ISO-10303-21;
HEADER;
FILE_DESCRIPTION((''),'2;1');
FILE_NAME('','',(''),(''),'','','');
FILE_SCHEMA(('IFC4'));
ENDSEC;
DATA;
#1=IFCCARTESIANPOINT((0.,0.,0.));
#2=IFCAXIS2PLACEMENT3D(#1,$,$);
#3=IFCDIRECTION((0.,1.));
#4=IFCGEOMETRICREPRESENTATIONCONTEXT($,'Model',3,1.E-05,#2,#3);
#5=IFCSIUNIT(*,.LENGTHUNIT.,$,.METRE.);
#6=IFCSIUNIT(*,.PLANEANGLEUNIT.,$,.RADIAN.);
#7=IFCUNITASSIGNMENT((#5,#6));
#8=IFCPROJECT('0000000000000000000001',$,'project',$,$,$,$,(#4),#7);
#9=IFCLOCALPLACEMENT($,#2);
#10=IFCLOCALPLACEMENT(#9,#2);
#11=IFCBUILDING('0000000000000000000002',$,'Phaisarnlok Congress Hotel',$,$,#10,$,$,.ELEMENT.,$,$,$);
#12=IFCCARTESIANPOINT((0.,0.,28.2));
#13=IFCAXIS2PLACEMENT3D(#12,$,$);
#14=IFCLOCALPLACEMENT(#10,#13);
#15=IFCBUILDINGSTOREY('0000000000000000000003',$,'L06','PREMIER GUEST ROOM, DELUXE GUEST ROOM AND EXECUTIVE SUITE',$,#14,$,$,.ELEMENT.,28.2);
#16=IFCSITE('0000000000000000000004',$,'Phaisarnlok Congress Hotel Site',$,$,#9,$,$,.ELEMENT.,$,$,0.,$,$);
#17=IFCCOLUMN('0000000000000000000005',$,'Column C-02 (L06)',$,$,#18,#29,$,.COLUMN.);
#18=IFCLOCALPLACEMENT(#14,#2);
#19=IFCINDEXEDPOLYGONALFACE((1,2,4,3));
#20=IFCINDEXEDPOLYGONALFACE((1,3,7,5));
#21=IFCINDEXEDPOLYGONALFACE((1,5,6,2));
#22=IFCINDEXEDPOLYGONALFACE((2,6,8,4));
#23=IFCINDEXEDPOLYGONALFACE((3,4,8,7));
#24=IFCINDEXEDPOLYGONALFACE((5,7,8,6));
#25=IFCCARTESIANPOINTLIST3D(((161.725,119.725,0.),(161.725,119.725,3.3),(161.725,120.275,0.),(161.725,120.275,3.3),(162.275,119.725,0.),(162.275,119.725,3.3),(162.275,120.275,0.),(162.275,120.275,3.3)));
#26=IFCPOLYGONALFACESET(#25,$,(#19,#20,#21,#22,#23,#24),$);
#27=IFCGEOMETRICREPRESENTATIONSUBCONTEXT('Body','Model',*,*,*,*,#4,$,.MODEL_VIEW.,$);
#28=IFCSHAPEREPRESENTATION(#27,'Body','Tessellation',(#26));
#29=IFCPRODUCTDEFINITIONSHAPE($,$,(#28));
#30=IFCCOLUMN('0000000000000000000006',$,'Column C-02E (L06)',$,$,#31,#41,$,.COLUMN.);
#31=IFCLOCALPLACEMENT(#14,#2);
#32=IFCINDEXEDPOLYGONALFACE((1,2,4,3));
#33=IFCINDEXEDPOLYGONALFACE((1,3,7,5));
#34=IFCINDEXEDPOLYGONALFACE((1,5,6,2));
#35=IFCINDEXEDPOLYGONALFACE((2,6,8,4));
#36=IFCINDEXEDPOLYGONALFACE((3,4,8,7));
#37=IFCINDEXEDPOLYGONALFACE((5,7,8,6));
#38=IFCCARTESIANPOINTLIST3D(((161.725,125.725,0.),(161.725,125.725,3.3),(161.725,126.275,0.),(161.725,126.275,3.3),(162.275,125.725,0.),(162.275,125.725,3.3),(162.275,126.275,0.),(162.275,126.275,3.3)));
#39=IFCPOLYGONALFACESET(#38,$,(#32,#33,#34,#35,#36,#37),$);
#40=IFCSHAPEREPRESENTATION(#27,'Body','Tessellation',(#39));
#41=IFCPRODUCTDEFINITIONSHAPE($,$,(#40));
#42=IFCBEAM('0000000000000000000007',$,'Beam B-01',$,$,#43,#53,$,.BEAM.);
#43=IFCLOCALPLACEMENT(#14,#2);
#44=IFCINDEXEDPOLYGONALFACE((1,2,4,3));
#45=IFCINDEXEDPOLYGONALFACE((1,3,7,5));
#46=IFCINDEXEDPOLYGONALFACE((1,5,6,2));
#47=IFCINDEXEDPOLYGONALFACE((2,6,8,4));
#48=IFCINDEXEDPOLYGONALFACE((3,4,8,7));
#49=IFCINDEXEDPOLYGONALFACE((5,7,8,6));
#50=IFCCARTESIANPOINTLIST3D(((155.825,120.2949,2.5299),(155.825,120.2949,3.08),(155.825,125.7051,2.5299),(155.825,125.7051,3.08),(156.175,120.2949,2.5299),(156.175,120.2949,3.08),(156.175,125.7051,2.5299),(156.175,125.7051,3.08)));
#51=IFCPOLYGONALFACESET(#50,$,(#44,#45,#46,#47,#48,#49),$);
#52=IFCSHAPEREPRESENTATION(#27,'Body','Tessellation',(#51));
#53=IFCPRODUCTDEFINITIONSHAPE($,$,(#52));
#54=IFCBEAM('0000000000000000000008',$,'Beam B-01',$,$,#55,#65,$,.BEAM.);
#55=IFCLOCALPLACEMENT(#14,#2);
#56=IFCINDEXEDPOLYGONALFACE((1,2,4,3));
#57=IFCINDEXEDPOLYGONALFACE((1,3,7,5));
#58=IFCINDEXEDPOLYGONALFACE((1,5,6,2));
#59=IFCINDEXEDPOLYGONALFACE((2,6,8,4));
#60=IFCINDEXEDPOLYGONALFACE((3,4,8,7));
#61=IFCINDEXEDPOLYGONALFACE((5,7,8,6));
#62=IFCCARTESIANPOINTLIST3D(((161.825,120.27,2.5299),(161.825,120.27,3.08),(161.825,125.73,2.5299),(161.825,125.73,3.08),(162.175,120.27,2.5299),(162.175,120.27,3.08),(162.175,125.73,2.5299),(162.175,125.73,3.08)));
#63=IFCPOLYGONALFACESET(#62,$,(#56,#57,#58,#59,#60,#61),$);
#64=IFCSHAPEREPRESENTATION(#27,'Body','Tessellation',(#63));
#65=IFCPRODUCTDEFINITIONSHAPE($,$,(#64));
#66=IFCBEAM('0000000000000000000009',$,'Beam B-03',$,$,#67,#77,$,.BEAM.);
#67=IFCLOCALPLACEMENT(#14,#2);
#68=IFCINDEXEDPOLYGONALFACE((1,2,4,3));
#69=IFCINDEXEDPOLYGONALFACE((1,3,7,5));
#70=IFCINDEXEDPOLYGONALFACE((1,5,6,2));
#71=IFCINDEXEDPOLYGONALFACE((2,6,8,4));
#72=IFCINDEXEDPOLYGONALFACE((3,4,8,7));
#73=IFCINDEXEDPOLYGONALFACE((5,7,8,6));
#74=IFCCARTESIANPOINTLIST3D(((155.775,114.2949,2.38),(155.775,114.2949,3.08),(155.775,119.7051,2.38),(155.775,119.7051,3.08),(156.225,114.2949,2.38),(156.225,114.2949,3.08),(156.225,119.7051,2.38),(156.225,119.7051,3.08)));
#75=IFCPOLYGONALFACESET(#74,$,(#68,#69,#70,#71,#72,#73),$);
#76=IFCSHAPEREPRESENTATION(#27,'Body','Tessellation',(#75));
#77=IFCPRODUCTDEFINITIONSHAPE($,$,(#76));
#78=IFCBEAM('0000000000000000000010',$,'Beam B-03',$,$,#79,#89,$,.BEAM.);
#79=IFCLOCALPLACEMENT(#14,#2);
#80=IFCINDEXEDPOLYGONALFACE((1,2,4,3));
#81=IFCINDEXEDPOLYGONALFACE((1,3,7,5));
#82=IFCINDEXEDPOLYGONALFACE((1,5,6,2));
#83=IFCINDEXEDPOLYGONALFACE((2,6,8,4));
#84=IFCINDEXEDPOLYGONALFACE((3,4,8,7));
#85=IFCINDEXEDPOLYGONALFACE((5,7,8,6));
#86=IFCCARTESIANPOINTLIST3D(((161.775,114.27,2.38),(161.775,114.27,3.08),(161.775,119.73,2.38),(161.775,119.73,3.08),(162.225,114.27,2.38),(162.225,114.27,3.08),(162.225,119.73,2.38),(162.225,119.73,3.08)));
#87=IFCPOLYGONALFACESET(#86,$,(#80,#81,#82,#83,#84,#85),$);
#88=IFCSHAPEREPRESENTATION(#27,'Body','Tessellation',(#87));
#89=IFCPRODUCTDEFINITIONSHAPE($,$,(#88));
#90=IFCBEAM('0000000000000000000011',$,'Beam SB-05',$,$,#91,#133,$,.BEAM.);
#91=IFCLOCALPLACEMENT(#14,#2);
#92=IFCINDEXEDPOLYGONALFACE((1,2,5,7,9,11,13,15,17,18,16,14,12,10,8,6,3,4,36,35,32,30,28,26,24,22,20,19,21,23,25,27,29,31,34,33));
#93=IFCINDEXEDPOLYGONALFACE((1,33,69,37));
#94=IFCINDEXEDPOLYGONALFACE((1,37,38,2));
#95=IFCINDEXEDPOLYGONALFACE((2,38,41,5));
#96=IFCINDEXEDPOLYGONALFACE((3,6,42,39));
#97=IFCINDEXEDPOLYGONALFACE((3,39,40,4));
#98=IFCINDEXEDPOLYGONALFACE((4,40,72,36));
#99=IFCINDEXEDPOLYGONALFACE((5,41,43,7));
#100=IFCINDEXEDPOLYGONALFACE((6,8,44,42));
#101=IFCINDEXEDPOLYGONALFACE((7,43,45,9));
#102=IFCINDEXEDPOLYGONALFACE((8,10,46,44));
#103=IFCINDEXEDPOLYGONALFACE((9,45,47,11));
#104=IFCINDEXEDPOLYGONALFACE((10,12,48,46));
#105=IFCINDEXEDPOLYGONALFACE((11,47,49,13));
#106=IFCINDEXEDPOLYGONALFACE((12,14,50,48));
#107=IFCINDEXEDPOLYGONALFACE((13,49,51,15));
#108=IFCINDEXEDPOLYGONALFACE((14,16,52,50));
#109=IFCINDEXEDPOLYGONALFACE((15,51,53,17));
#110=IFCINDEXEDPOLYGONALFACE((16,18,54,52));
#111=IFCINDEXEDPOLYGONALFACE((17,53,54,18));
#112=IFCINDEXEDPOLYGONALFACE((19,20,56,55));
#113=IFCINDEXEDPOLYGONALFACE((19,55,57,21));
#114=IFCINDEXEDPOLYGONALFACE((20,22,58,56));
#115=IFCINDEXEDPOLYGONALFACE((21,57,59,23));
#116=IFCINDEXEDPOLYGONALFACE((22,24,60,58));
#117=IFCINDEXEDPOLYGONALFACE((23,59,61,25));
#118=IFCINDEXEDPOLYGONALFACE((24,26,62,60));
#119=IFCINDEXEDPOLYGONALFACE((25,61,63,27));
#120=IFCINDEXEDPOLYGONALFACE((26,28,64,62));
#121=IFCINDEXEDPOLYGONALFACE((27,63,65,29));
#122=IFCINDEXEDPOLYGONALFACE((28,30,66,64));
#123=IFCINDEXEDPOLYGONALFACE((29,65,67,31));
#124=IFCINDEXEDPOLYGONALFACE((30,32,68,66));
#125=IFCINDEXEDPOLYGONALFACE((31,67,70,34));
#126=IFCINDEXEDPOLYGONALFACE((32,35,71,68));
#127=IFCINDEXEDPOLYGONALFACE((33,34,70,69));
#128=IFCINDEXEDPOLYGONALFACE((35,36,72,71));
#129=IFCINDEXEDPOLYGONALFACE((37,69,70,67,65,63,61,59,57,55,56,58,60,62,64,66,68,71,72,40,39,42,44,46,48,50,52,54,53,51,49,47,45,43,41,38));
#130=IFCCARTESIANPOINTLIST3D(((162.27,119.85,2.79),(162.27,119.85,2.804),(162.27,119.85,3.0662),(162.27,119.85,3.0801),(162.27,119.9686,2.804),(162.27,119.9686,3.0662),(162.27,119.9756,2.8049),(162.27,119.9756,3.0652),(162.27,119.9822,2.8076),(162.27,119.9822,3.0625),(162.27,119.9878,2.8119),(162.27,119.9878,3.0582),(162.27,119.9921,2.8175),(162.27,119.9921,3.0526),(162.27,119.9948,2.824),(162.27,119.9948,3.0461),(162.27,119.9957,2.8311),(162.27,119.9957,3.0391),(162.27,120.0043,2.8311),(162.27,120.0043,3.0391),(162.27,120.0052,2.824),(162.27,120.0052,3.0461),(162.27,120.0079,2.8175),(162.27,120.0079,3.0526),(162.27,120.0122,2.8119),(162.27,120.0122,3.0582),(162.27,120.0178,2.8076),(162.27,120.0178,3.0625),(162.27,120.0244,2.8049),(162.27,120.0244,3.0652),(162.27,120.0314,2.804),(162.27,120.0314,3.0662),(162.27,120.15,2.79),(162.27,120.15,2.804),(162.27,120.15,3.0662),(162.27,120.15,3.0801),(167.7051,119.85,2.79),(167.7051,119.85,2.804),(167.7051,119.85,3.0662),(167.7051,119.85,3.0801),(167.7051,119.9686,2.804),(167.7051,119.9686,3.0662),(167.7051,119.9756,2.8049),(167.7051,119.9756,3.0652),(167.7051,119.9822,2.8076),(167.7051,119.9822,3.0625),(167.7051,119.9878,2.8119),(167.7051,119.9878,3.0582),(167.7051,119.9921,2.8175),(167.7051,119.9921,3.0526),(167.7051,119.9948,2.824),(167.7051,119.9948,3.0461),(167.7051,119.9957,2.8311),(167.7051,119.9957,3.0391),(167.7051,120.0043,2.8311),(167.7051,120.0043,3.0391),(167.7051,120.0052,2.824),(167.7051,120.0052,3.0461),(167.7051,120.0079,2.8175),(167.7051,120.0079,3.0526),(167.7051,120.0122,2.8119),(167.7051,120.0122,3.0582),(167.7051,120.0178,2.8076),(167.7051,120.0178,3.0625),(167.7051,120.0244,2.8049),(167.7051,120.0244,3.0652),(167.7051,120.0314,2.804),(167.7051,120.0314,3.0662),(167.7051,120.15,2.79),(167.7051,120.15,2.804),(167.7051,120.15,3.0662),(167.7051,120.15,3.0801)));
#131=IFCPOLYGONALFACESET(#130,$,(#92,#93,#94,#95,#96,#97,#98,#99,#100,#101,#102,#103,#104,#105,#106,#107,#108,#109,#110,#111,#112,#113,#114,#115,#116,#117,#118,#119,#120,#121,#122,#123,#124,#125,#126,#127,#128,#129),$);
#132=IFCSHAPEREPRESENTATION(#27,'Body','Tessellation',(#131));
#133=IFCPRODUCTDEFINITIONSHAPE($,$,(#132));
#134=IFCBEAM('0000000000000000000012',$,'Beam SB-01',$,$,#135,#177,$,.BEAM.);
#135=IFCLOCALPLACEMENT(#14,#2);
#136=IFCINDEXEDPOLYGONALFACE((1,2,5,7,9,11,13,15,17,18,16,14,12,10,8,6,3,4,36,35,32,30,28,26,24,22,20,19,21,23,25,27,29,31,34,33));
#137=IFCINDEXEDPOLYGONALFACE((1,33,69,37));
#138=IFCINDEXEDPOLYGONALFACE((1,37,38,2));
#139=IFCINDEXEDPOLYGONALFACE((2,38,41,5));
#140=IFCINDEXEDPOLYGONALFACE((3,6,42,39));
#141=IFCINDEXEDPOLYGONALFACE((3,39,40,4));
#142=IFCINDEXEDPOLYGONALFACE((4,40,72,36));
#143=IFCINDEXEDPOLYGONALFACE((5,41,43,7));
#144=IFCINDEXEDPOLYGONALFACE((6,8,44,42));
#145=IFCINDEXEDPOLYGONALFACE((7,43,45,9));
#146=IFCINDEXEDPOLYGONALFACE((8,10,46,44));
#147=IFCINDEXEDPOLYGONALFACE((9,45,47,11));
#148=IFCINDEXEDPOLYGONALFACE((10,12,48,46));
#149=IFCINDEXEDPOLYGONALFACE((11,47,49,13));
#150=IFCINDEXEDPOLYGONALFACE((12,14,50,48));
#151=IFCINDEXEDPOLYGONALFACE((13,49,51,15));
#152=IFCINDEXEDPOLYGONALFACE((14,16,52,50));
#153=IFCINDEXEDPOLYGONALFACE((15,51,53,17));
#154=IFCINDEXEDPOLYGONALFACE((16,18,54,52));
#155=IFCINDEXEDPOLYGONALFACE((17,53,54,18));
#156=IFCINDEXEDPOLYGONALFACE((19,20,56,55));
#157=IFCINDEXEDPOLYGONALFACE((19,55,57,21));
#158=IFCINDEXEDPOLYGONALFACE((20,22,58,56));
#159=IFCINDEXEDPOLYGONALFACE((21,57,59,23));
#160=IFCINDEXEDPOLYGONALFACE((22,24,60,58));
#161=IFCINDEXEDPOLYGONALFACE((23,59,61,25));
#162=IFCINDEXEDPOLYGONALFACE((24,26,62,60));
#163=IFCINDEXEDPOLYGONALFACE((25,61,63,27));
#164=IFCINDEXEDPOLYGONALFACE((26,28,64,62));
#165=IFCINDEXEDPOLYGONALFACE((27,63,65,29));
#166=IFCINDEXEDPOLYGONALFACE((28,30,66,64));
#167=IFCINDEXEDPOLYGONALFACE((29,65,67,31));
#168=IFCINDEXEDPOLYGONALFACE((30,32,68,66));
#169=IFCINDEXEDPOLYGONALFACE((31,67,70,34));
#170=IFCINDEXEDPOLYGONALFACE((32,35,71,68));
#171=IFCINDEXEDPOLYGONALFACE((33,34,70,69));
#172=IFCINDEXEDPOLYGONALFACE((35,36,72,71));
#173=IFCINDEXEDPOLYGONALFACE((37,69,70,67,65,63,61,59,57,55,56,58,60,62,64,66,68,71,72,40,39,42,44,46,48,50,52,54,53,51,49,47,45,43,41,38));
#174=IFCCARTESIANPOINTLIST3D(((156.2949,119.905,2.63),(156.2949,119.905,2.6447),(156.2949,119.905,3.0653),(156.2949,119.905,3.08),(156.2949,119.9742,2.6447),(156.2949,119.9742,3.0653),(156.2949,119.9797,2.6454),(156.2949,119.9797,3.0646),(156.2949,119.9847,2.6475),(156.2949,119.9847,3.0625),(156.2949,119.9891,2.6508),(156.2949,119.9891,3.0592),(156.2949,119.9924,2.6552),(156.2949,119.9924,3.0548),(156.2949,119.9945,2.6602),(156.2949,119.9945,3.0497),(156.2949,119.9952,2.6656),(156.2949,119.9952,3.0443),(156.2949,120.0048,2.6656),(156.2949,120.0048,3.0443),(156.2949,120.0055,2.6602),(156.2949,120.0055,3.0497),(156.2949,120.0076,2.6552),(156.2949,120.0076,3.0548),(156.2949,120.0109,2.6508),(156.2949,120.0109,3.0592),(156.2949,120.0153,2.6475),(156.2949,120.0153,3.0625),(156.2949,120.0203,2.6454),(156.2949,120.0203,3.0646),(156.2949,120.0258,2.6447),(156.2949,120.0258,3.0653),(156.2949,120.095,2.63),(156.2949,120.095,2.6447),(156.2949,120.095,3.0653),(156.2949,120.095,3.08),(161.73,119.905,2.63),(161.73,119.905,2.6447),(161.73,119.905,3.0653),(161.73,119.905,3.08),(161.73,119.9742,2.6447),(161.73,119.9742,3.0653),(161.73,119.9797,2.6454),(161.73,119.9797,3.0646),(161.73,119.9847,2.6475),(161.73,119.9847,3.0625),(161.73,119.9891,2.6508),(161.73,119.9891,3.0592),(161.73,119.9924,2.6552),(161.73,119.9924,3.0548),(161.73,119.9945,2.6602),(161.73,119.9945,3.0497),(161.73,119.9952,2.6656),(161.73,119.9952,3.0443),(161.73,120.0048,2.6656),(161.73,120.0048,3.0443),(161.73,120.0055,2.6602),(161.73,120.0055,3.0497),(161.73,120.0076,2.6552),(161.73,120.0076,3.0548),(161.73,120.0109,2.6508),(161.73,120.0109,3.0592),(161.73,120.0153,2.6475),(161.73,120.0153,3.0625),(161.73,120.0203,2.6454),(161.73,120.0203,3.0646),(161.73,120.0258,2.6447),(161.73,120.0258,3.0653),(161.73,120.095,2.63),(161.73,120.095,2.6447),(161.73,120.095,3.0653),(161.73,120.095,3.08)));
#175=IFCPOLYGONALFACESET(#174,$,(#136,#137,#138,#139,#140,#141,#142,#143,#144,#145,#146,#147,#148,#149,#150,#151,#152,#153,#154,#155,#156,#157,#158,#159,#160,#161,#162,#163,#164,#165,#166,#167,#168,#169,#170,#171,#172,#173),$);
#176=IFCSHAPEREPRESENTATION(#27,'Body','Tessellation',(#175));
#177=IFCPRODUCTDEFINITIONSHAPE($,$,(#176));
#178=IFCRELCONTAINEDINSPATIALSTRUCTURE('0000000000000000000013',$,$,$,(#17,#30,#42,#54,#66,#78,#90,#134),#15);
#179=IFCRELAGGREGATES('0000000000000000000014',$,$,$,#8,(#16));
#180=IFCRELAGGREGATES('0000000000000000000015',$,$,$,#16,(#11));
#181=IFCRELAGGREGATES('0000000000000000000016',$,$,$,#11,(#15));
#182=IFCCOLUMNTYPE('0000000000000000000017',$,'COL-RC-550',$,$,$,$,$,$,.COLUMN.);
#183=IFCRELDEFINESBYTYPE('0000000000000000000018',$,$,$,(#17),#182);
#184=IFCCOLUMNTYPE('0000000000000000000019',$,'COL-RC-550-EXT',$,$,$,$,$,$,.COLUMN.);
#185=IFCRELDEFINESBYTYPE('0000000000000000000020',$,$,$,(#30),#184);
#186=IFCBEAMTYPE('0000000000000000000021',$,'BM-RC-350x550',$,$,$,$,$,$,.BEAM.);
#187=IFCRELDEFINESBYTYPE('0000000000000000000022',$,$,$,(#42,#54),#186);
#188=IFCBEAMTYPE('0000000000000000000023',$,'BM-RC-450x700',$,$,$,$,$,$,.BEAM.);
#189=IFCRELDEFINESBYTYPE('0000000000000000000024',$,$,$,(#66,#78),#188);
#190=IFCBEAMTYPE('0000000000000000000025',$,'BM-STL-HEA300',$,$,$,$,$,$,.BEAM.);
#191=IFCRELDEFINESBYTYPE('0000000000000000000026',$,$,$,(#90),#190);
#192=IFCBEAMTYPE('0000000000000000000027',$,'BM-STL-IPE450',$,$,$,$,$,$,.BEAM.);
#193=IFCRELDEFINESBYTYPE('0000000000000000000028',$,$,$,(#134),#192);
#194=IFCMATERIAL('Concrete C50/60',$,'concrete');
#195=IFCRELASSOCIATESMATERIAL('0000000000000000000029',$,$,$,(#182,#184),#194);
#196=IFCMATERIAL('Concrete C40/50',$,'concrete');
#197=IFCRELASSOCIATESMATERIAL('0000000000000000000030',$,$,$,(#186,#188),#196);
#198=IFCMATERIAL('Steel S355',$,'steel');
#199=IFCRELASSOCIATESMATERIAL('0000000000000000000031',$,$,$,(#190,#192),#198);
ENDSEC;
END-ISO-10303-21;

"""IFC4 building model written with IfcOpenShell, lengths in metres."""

from ifc_helpers import new_model, si_unit, direction, frame, origin, origin_2d, place, context, subcontext, project, spatial, rectangle, i_section, extrude, material, material_profile, profile_set, type_object, element, save


model = new_model("IFC4")

# Units and contexts
model_context = context("Model", 3, precision=1e-05, world=origin(), true_north=direction((0.0, 1.0)))
body_context = subcontext(model_context, "Body", "Model", "MODEL_VIEW")
ifc_project = project(units=[si_unit("LENGTHUNIT", "METRE"), si_unit("PLANEANGLEUNIT", "RADIAN")], contexts=[model_context])

# Site, building, storey
site_placement = place(None, origin())
site = spatial("IfcSite", under=ifc_project, at=site_placement, Name="Phaisarnlok Congress Hotel Site", CompositionType="ELEMENT", RefElevation=0.0)
building_placement = place(site_placement, origin())
building = spatial("IfcBuilding", under=site, at=building_placement, Name="Phaisarnlok Congress Hotel", CompositionType="ELEMENT")
storey_placement = place(building_placement, frame((0.0, 0.0, 28.2)))
storey = spatial("IfcBuildingStorey", under=building, at=storey_placement, Name="L06", Description="PREMIER GUEST ROOM, DELUXE GUEST ROOM AND EXECUTIVE SUITE", CompositionType="ELEMENT", Elevation=28.2)

# Columns
ifc_material_1 = material(Name="Concrete C50/60", Category="concrete")
ifc_material_profile_1 = material_profile(ifc_material_1, rectangle(XDim=0.55, YDim=0.55, at=origin_2d()), Name="RC 550x550")
ifc_profile_set_1 = profile_set([ifc_material_profile_1], Name="Concrete C50/60")
column_type_1 = type_object("IfcColumnType", Name="COL-RC-550", PredefinedType="COLUMN", material=ifc_profile_set_1)
column_1_placement = place(storey_placement, frame((162.0, 120.0, 0.0), z_axis=(0.0, 0.0, 1.0), x_axis=(1.0, 0.0, 0.0)))
element("IfcColumn", 1, at=column_1_placement, inside=storey, type_object=column_type_1, Name="Column C-02 (L06)", PredefinedType="COLUMN", context=body_context, shape_type="SweptSolid", body=[
    extrude(rectangle(XDim=0.55, YDim=0.55, at=origin_2d()), origin(), (0.0, 0.0, 1.0), 3.3),
])
ifc_material_profile_2 = material_profile(ifc_material_1, rectangle(XDim=0.55, YDim=0.55, at=origin_2d()), Name="RC 550x550")
ifc_profile_set_2 = profile_set([ifc_material_profile_2], Name="Concrete C50/60")
column_type_2 = type_object("IfcColumnType", Name="COL-RC-550-EXT", PredefinedType="COLUMN", material=ifc_profile_set_2)
column_2_placement = place(storey_placement, frame((162.0, 126.0, 0.0), z_axis=(0.0, 0.0, 1.0), x_axis=(1.0, 0.0, 0.0)))
element("IfcColumn", 2, at=column_2_placement, inside=storey, type_object=column_type_2, Name="Column C-02E (L06)", PredefinedType="COLUMN", context=body_context, shape_type="SweptSolid", body=[
    extrude(rectangle(XDim=0.55, YDim=0.55, at=origin_2d()), origin(), (0.0, 0.0, 1.0), 3.3),
])

# Beams
ifc_material_2 = material(Name="Concrete C40/50", Category="concrete")
ifc_material_profile_3 = material_profile(ifc_material_2, rectangle(XDim=0.3501, YDim=0.55, at=origin_2d()), Name="RC 350x550")
ifc_profile_set_3 = profile_set([ifc_material_profile_3], Name="Concrete C40/50")
beam_type_1 = type_object("IfcBeamType", Name="BM-RC-350x550", PredefinedType="BEAM", material=ifc_profile_set_3)
beam_1_placement = place(storey_placement, frame((156.0, 120.2949, 2.8049), z_axis=(0.0, 1.0, 0.0), x_axis=(-1.0, 0.0, 0.0)))
element("IfcBeam", 3, at=beam_1_placement, inside=storey, type_object=beam_type_1, Name="Beam B-01", PredefinedType="BEAM", context=body_context, shape_type="SweptSolid", body=[
    extrude(rectangle(XDim=0.3501, YDim=0.55, at=origin_2d()), origin(), (0.0, 0.0, 1.0), 5.4102),
])
beam_2_placement = place(storey_placement, frame((162.0, 120.27, 2.8049), z_axis=(0.0, 1.0, 0.0), x_axis=(-1.0, 0.0, 0.0)))
element("IfcBeam", 4, at=beam_2_placement, inside=storey, type_object=beam_type_1, Name="Beam B-01", PredefinedType="BEAM", context=body_context, shape_type="SweptSolid", body=[
    extrude(rectangle(XDim=0.3501, YDim=0.55, at=origin_2d()), origin(), (0.0, 0.0, 1.0), 5.46),
])
ifc_material_profile_4 = material_profile(ifc_material_2, rectangle(XDim=0.45, YDim=0.7, at=origin_2d()), Name="RC 450x700")
ifc_profile_set_4 = profile_set([ifc_material_profile_4], Name="Concrete C40/50")
beam_type_2 = type_object("IfcBeamType", Name="BM-RC-450x700", PredefinedType="BEAM", material=ifc_profile_set_4)
beam_3_placement = place(storey_placement, frame((156.0, 114.2949, 2.73), z_axis=(0.0, 1.0, 0.0), x_axis=(-1.0, 0.0, 0.0)))
element("IfcBeam", 5, at=beam_3_placement, inside=storey, type_object=beam_type_2, Name="Beam B-03", PredefinedType="BEAM", context=body_context, shape_type="SweptSolid", body=[
    extrude(rectangle(XDim=0.45, YDim=0.7, at=origin_2d()), origin(), (0.0, 0.0, 1.0), 5.4102),
])
beam_4_placement = place(storey_placement, frame((162.0, 114.27, 2.73), z_axis=(0.0, 1.0, 0.0), x_axis=(-1.0, 0.0, 0.0)))
element("IfcBeam", 6, at=beam_4_placement, inside=storey, type_object=beam_type_2, Name="Beam B-03", PredefinedType="BEAM", context=body_context, shape_type="SweptSolid", body=[
    extrude(rectangle(XDim=0.45, YDim=0.7, at=origin_2d()), origin(), (0.0, 0.0, 1.0), 5.46),
])
ifc_material_3 = material(Name="Steel S355", Category="steel")
ifc_material_profile_5 = material_profile(ifc_material_3, i_section(OverallWidth=0.3, OverallDepth=0.29, WebThickness=0.0085, FlangeThickness=0.0139, FilletRadius=0.0271, at=origin_2d()), Name="HEA 300")
ifc_profile_set_5 = profile_set([ifc_material_profile_5], Name="Steel S355")
beam_type_3 = type_object("IfcBeamType", Name="BM-STL-HEA300", PredefinedType="BEAM", material=ifc_profile_set_5)
beam_5_placement = place(storey_placement, frame((162.27, 120.0, 2.9351), z_axis=(1.0, 0.0, 0.0), x_axis=(0.0, 1.0, 0.0)))
element("IfcBeam", 7, at=beam_5_placement, inside=storey, type_object=beam_type_3, Name="Beam SB-05", PredefinedType="BEAM", context=body_context, shape_type="SweptSolid", body=[
    extrude(i_section(OverallWidth=0.3, OverallDepth=0.29, WebThickness=0.0085, FlangeThickness=0.0139, FilletRadius=0.0271, at=origin_2d()), origin(), (0.0, 0.0, 1.0), 5.4351),
])
ifc_material_profile_6 = material_profile(ifc_material_3, i_section(OverallWidth=0.1899, OverallDepth=0.45, WebThickness=0.0095, FlangeThickness=0.0146, FilletRadius=0.021, at=origin_2d()), Name="IPE 450")
ifc_profile_set_6 = profile_set([ifc_material_profile_6], Name="Steel S355")
beam_type_4 = type_object("IfcBeamType", Name="BM-STL-IPE450", PredefinedType="BEAM", material=ifc_profile_set_6)
beam_6_placement = place(storey_placement, frame((156.2949, 120.0, 2.855), z_axis=(1.0, 0.0, 0.0), x_axis=(0.0, 1.0, 0.0)))
element("IfcBeam", 8, at=beam_6_placement, inside=storey, type_object=beam_type_4, Name="Beam SB-01", PredefinedType="BEAM", context=body_context, shape_type="SweptSolid", body=[
    extrude(i_section(OverallWidth=0.1899, OverallDepth=0.45, WebThickness=0.0095, FlangeThickness=0.0146, FilletRadius=0.021, at=origin_2d()), origin(), (0.0, 0.0, 1.0), 5.4351),
])

save(model, "model.ifc")
